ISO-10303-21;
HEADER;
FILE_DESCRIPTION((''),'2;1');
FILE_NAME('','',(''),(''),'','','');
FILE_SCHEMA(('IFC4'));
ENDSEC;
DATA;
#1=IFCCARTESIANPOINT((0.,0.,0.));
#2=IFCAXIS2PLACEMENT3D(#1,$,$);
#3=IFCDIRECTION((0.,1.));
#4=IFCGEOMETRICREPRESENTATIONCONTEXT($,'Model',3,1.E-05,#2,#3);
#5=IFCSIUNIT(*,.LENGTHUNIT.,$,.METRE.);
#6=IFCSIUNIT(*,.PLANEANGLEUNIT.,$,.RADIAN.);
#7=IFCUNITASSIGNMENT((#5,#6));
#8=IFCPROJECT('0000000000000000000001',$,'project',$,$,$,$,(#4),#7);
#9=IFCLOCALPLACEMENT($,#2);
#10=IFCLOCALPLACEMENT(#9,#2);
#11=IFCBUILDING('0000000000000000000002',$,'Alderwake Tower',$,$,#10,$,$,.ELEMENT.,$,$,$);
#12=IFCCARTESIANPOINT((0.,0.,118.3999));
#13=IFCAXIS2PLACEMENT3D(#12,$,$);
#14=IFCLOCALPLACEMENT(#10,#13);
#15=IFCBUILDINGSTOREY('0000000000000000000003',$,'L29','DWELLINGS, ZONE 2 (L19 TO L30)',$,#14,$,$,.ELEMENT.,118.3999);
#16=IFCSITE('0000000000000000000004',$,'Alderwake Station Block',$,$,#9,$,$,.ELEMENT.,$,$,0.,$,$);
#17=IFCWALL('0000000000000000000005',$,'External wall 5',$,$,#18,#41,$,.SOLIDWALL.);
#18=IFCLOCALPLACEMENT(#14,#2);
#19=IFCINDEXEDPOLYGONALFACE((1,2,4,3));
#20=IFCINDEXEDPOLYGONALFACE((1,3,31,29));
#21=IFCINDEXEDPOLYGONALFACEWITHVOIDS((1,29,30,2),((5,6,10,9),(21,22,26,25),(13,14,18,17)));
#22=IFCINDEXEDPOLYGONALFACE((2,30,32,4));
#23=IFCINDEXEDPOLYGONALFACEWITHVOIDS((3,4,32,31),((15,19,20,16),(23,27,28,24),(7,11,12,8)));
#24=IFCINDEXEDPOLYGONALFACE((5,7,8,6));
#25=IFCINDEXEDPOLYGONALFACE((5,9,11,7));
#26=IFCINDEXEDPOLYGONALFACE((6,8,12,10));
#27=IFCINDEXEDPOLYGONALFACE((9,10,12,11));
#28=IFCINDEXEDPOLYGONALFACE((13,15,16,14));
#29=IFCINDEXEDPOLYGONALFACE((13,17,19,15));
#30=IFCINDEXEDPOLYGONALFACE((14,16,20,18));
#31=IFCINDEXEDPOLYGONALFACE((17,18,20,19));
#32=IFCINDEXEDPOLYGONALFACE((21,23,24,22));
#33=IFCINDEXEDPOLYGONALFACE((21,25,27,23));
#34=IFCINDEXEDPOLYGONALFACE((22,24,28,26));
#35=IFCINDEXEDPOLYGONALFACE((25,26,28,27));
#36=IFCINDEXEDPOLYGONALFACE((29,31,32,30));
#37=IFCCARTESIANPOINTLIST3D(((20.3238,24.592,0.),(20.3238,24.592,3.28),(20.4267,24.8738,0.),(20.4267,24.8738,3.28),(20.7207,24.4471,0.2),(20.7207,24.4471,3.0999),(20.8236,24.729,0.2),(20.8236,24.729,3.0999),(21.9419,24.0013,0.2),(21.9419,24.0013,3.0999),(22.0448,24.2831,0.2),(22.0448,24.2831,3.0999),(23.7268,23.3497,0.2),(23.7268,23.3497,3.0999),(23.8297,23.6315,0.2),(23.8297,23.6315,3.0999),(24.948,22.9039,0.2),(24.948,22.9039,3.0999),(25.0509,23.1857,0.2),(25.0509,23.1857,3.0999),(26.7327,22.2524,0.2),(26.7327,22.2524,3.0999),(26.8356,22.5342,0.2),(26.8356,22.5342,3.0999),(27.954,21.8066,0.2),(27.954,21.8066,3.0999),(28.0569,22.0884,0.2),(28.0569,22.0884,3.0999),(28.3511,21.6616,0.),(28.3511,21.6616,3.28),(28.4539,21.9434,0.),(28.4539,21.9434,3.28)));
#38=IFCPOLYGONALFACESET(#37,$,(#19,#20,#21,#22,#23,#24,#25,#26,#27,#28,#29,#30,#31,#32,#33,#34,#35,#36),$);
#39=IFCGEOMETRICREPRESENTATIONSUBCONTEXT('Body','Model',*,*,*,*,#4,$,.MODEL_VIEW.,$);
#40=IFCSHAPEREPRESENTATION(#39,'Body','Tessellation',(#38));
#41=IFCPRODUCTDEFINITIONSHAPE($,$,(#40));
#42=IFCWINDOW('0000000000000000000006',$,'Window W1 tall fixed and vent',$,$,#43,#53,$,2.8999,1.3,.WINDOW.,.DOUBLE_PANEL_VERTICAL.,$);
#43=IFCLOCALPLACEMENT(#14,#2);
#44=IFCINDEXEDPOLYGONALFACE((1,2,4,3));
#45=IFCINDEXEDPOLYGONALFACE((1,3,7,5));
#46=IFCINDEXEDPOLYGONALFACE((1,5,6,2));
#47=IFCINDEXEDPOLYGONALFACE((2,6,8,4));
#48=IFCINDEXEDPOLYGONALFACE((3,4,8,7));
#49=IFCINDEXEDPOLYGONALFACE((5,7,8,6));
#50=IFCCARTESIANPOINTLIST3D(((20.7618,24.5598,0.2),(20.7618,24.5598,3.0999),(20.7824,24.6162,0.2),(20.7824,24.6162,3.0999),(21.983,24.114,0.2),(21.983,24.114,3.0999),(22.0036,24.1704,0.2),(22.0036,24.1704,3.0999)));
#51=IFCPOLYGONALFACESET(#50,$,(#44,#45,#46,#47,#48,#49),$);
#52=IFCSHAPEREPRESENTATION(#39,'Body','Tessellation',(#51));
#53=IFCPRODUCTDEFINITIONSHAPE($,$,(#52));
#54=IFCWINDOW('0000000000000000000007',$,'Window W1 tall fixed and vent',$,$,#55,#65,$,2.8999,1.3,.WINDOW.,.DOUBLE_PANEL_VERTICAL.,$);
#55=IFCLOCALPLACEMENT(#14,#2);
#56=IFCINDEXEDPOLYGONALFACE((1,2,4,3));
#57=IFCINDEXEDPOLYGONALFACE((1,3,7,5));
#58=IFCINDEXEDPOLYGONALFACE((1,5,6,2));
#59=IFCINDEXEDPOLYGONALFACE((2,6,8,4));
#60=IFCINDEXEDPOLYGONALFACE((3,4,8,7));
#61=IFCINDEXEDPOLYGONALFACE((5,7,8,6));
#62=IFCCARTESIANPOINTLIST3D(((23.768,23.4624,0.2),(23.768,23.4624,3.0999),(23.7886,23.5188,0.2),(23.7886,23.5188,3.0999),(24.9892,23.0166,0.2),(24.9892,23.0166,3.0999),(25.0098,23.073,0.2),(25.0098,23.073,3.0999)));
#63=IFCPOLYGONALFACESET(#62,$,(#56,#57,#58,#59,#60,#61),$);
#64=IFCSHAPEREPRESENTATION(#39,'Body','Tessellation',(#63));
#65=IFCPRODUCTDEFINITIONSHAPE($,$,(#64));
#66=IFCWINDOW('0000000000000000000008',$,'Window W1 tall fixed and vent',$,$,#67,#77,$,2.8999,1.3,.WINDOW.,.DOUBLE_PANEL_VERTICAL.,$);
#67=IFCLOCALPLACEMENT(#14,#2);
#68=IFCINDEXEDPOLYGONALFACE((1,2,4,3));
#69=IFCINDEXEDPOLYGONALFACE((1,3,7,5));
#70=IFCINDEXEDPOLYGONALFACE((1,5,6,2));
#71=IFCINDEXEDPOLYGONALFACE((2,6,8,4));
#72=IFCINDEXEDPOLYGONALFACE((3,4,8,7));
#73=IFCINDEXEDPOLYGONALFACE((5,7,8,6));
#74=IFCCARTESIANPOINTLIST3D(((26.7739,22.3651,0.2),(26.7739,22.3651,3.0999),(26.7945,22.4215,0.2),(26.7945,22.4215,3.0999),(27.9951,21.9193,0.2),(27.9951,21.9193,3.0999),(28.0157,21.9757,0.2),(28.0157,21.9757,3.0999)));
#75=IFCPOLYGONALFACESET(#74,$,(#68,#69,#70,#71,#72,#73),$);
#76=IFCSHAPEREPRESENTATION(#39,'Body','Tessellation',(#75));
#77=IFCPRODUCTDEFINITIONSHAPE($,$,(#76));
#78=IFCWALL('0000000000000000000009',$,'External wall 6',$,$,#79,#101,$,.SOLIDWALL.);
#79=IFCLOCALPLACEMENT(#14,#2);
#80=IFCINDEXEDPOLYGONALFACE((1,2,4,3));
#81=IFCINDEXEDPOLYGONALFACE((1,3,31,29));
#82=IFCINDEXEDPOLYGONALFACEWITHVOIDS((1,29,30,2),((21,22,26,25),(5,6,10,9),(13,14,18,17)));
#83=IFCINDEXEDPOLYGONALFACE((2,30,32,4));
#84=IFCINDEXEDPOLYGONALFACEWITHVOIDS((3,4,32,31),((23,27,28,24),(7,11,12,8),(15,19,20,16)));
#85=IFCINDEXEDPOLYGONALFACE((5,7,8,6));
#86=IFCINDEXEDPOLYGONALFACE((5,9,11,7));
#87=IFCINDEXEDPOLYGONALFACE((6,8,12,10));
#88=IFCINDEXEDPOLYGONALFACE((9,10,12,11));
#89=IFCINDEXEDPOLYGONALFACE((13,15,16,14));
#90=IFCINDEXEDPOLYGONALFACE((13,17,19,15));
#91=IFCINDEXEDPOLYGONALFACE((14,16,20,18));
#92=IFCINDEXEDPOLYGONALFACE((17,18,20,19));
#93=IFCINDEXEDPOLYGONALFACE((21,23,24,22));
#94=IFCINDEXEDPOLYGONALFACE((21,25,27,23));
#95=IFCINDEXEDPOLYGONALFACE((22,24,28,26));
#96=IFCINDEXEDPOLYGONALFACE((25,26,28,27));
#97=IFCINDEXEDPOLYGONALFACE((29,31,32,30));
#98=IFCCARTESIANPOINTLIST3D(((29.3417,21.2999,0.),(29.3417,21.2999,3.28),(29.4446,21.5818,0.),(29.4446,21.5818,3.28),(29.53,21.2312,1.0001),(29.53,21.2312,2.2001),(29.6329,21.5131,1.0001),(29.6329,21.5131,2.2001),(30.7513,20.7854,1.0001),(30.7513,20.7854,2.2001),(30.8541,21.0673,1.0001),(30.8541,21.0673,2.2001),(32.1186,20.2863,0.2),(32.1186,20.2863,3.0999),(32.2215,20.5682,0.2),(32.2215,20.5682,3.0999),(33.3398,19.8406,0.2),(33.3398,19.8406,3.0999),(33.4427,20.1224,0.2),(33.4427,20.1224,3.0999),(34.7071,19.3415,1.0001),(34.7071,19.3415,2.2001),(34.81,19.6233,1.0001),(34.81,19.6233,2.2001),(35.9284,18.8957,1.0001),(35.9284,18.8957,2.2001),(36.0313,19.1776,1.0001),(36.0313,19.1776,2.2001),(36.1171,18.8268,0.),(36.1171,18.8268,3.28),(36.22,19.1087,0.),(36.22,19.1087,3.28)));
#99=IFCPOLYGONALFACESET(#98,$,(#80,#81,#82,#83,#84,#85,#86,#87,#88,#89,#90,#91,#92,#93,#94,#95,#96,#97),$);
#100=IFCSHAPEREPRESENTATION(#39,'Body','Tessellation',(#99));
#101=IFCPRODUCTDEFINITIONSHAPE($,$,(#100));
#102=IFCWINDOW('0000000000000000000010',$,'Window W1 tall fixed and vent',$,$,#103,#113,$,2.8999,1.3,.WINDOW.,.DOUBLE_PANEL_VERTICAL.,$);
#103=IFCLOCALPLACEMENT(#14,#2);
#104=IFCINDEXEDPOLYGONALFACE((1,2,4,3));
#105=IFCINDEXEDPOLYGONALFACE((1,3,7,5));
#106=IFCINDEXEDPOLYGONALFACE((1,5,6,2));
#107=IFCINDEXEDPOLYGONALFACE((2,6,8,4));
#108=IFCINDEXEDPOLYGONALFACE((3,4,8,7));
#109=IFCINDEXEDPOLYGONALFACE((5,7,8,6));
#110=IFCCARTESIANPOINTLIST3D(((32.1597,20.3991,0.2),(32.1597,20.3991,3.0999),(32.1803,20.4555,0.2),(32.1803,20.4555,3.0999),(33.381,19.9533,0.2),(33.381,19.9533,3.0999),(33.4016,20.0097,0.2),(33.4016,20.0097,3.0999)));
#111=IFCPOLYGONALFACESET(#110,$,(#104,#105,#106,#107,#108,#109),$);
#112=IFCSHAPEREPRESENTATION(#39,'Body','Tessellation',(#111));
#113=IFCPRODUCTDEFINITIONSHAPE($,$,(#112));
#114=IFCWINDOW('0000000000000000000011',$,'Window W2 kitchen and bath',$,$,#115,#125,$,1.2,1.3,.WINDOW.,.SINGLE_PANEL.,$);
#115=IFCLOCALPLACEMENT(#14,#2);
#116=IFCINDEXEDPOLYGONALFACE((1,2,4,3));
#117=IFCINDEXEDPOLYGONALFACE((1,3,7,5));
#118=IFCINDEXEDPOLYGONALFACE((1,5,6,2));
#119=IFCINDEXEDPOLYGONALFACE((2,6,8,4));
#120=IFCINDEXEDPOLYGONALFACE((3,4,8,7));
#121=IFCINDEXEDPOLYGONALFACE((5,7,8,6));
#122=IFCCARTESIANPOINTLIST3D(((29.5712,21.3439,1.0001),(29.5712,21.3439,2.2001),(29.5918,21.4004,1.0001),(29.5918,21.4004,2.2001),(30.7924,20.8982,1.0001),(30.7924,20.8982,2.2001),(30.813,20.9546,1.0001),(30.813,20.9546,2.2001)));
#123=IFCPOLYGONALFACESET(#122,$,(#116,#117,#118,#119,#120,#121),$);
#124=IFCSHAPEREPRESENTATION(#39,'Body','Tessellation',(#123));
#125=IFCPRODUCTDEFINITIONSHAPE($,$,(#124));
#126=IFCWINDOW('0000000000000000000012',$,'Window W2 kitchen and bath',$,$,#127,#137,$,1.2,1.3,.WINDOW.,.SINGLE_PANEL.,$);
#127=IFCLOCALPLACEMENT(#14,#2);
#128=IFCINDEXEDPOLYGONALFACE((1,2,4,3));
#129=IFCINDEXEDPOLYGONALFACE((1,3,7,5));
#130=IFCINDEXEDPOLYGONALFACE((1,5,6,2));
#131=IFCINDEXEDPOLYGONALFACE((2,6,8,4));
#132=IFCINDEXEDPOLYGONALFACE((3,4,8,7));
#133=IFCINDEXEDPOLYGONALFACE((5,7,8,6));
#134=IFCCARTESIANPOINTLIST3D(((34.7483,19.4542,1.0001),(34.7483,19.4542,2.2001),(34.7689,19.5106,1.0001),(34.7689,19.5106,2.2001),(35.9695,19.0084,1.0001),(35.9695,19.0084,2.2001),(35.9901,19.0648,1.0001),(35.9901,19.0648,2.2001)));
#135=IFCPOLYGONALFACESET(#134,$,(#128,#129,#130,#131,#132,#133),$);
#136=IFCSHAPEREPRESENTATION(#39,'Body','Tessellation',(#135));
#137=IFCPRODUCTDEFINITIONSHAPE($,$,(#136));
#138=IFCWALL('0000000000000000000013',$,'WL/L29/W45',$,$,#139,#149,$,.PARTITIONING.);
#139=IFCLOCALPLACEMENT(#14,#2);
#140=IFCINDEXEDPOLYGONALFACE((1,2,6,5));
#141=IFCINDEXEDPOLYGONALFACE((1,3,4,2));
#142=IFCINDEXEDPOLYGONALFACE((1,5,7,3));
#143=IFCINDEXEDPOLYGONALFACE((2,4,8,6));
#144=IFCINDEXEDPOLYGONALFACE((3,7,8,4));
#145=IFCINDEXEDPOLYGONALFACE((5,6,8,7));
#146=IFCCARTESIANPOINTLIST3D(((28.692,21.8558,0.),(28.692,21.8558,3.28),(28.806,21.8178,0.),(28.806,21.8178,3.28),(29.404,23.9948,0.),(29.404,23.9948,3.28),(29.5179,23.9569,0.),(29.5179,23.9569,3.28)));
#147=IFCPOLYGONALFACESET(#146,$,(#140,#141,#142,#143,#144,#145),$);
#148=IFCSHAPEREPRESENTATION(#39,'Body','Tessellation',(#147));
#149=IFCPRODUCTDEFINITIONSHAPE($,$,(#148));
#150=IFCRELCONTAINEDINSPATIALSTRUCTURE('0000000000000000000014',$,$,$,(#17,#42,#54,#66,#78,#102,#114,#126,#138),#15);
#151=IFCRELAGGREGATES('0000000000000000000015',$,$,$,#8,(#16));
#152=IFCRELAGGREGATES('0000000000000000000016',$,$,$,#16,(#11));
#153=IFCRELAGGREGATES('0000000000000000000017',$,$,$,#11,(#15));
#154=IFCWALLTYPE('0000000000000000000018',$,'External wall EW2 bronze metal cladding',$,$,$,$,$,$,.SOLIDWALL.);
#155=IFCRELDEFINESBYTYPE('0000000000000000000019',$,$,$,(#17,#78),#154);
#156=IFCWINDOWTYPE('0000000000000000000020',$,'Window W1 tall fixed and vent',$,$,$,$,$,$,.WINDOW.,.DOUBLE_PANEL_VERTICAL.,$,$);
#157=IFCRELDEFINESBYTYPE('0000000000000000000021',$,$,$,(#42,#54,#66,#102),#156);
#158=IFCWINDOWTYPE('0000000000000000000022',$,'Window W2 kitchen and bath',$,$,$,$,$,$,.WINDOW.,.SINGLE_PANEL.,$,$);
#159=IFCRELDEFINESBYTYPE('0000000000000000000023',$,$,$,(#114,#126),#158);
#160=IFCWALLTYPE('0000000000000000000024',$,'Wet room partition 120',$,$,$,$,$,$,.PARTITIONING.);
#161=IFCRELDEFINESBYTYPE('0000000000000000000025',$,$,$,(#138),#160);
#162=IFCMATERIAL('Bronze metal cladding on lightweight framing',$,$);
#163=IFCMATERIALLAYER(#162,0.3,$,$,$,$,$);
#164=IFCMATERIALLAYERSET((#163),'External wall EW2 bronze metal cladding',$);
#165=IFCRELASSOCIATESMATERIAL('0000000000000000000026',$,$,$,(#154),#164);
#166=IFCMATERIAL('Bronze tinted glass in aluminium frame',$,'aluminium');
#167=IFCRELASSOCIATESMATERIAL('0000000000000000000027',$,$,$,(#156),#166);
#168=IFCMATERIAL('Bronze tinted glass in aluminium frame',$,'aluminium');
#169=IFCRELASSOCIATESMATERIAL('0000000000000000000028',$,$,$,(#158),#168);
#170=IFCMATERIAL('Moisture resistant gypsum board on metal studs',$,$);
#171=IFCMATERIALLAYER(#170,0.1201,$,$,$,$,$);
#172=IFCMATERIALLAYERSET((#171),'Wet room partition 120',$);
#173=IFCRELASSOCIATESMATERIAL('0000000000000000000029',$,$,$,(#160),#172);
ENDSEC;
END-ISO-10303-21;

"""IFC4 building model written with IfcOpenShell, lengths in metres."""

from ifc_helpers import new_model, si_unit, direction, frame, frame_2d, origin, place, context, subcontext, project, spatial, rectangle, extrude, material, layer, layer_set, type_object, element, fill, save


model = new_model("IFC4")

# Units and contexts
model_context = context("Model", 3, precision=1e-05, world=origin(), true_north=direction((0.0, 1.0)))
body_context = subcontext(model_context, "Body", "Model", "MODEL_VIEW")
ifc_project = project(units=[si_unit("LENGTHUNIT", "METRE"), si_unit("PLANEANGLEUNIT", "RADIAN")], contexts=[model_context])

# Site, building, storey
site_placement = place(None, origin())
site = spatial("IfcSite", under=ifc_project, at=site_placement, Name="Alderwake Station Block", CompositionType="ELEMENT", RefElevation=0.0)
building_placement = place(site_placement, origin())
building = spatial("IfcBuilding", under=site, at=building_placement, Name="Alderwake Tower", CompositionType="ELEMENT")
storey_placement = place(building_placement, frame((0.0, 0.0, 118.3999)))
storey = spatial("IfcBuildingStorey", under=building, at=storey_placement, Name="L29", Description="DWELLINGS, ZONE 2 (L19 TO L30)", CompositionType="ELEMENT", Elevation=118.3999)

# Shared definitions
ifc_material_1 = material(Name="Bronze metal cladding on lightweight framing")
ifc_layer_1 = layer(ifc_material_1, 0.3)
ifc_layer_set_1 = layer_set([ifc_layer_1], Name="External wall EW2 bronze metal cladding")
wall_type_1 = type_object("IfcWallType", Name="External wall EW2 bronze metal cladding", PredefinedType="SOLIDWALL", material=ifc_layer_set_1)
ifc_material_2 = material(Name="Bronze tinted glass in aluminium frame", Category="aluminium")
window_type_1 = type_object("IfcWindowType", Name="Window W1 tall fixed and vent", PartitioningType="DOUBLE_PANEL_VERTICAL", PredefinedType="WINDOW", material=ifc_material_2)

# Walls, openings, windows
wall_1_placement = place(storey_placement, frame((20.3752, 24.7329, 0.0), z_axis=(0.0, 0.0, 1.0), x_axis=(0.939365, -0.34292, 0.0)))
wall_1 = element("IfcWall", 1, at=wall_1_placement, inside=storey, type_object=wall_type_1, Name="External wall 5", PredefinedType="SOLIDWALL", context=body_context, shape_type="SweptSolid", body=[
    extrude(rectangle(XDim=8.5454, YDim=0.3, at=frame_2d((4.2727, 0.0))), origin(), (0.0, 0.0, 1.0), 3.28),
])
opening_1_placement = place(wall_1_placement, frame((0.4226, 0.0, 0.2)))
opening_1 = element("IfcOpeningElement", 2, at=opening_1_placement, cuts=wall_1, PredefinedType="OPENING", context=body_context, shape_type="SweptSolid", body=[
    extrude(rectangle(XDim=1.3, YDim=2.8999, at=frame_2d((0.6499, 1.45))), frame((0.0, 0.1599, 0.0), z_axis=(0.0, -1.0, 0.0), x_axis=(1.0, 0.0, 0.0)), (0.0, 0.0, 1.0), 0.3201),
])
opening_2_placement = place(wall_1_placement, frame((3.6228, 0.0, 0.2)))
opening_2 = element("IfcOpeningElement", 3, at=opening_2_placement, cuts=wall_1, PredefinedType="OPENING", context=body_context, shape_type="SweptSolid", body=[
    extrude(rectangle(XDim=1.3, YDim=2.8999, at=frame_2d((0.6499, 1.45))), frame((0.0, 0.1599, 0.0), z_axis=(0.0, -1.0, 0.0), x_axis=(1.0, 0.0, 0.0)), (0.0, 0.0, 1.0), 0.3201),
])
opening_3_placement = place(wall_1_placement, frame((6.8228, 0.0, 0.2)))
opening_3 = element("IfcOpeningElement", 4, at=opening_3_placement, cuts=wall_1, PredefinedType="OPENING", context=body_context, shape_type="SweptSolid", body=[
    extrude(rectangle(XDim=1.3, YDim=2.8999, at=frame_2d((0.6499, 1.45))), frame((0.0, 0.1599, 0.0), z_axis=(0.0, -1.0, 0.0), x_axis=(1.0, 0.0, 0.0)), (0.0, 0.0, 1.0), 0.3201),
])
window_1_placement = place(opening_1_placement, origin())
window_1 = element("IfcWindow", 5, at=window_1_placement, inside=storey, type_object=window_type_1, Name="Window W1 tall fixed and vent", OverallHeight=2.8999, OverallWidth=1.3, PartitioningType="DOUBLE_PANEL_VERTICAL", PredefinedType="WINDOW", context=body_context, shape_type="SweptSolid", body=[
    extrude(rectangle(XDim=1.3, YDim=2.8999, at=frame_2d((0.6499, 1.45))), frame((0.0, 0.03, 0.0), z_axis=(0.0, -1.0, 0.0), x_axis=(1.0, 0.0, 0.0)), (0.0, 0.0, 1.0), 0.0601),
])
fill(opening_1, window_1)
window_2_placement = place(opening_2_placement, origin())
window_2 = element("IfcWindow", 6, at=window_2_placement, inside=storey, type_object=window_type_1, Name="Window W1 tall fixed and vent", OverallHeight=2.8999, OverallWidth=1.3, PartitioningType="DOUBLE_PANEL_VERTICAL", PredefinedType="WINDOW", context=body_context, shape_type="SweptSolid", body=[
    extrude(rectangle(XDim=1.3, YDim=2.8999, at=frame_2d((0.6499, 1.45))), frame((0.0, 0.03, 0.0), z_axis=(0.0, -1.0, 0.0), x_axis=(1.0, 0.0, 0.0)), (0.0, 0.0, 1.0), 0.0601),
])
fill(opening_2, window_2)
window_3_placement = place(opening_3_placement, origin())
window_3 = element("IfcWindow", 7, at=window_3_placement, inside=storey, type_object=window_type_1, Name="Window W1 tall fixed and vent", OverallHeight=2.8999, OverallWidth=1.3, PartitioningType="DOUBLE_PANEL_VERTICAL", PredefinedType="WINDOW", context=body_context, shape_type="SweptSolid", body=[
    extrude(rectangle(XDim=1.3, YDim=2.8999, at=frame_2d((0.6499, 1.45))), frame((0.0, 0.03, 0.0), z_axis=(0.0, -1.0, 0.0), x_axis=(1.0, 0.0, 0.0)), (0.0, 0.0, 1.0), 0.0601),
])
fill(opening_3, window_3)
wall_2_placement = place(storey_placement, frame((29.3931, 21.4409, 0.0), z_axis=(0.0, 0.0, 1.0), x_axis=(0.939376, -0.34289, 0.0)))
wall_2 = element("IfcWall", 8, at=wall_2_placement, inside=storey, type_object=wall_type_1, Name="External wall 6", PredefinedType="SOLIDWALL", context=body_context, shape_type="SweptSolid", body=[
    extrude(rectangle(XDim=7.2126, YDim=0.3, at=frame_2d((3.6064, 0.0))), origin(), (0.0, 0.0, 1.0), 3.28),
])
opening_4_placement = place(wall_2_placement, frame((0.2007, 0.0, 1.0)))
opening_4 = element("IfcOpeningElement", 9, at=opening_4_placement, cuts=wall_2, PredefinedType="OPENING", context=body_context, shape_type="SweptSolid", body=[
    extrude(rectangle(XDim=1.3, YDim=1.2, at=frame_2d((0.6499, 0.6001))), frame((0.0, 0.1599, 0.0), z_axis=(0.0, -1.0, 0.0), x_axis=(1.0, 0.0, 0.0)), (0.0, 0.0, 1.0), 0.3201),
])
opening_5_placement = place(wall_2_placement, frame((2.9563, 0.0, 0.2)))
opening_5 = element("IfcOpeningElement", 10, at=opening_5_placement, cuts=wall_2, PredefinedType="OPENING", context=body_context, shape_type="SweptSolid", body=[
    extrude(rectangle(XDim=1.3, YDim=2.8999, at=frame_2d((0.6499, 1.45))), frame((0.0, 0.1599, 0.0), z_axis=(0.0, -1.0, 0.0), x_axis=(1.0, 0.0, 0.0)), (0.0, 0.0, 1.0), 0.3201),
])
opening_6_placement = place(wall_2_placement, frame((5.7119, 0.0, 1.0)))
opening_6 = element("IfcOpeningElement", 11, at=opening_6_placement, cuts=wall_2, PredefinedType="OPENING", context=body_context, shape_type="SweptSolid", body=[
    extrude(rectangle(XDim=1.3, YDim=1.2, at=frame_2d((0.6499, 0.6001))), frame((0.0, 0.1599, 0.0), z_axis=(0.0, -1.0, 0.0), x_axis=(1.0, 0.0, 0.0)), (0.0, 0.0, 1.0), 0.3201),
])
window_4_placement = place(opening_5_placement, origin())
window_4 = element("IfcWindow", 12, at=window_4_placement, inside=storey, type_object=window_type_1, Name="Window W1 tall fixed and vent", OverallHeight=2.8999, OverallWidth=1.3, PartitioningType="DOUBLE_PANEL_VERTICAL", PredefinedType="WINDOW", context=body_context, shape_type="SweptSolid", body=[
    extrude(rectangle(XDim=1.3, YDim=2.8999, at=frame_2d((0.6499, 1.45))), frame((0.0, 0.03, 0.0), z_axis=(0.0, -1.0, 0.0), x_axis=(1.0, 0.0, 0.0)), (0.0, 0.0, 1.0), 0.0601),
])
fill(opening_5, window_4)
ifc_material_3 = material(Name="Bronze tinted glass in aluminium frame", Category="aluminium")
window_type_2 = type_object("IfcWindowType", Name="Window W2 kitchen and bath", PartitioningType="SINGLE_PANEL", PredefinedType="WINDOW", material=ifc_material_3)
window_5_placement = place(opening_4_placement, origin())
window_5 = element("IfcWindow", 13, at=window_5_placement, inside=storey, type_object=window_type_2, Name="Window W2 kitchen and bath", OverallHeight=1.2, OverallWidth=1.3, PartitioningType="SINGLE_PANEL", PredefinedType="WINDOW", context=body_context, shape_type="SweptSolid", body=[
    extrude(rectangle(XDim=1.3, YDim=1.2, at=frame_2d((0.6499, 0.6001))), frame((0.0, 0.03, 0.0), z_axis=(0.0, -1.0, 0.0), x_axis=(1.0, 0.0, 0.0)), (0.0, 0.0, 1.0), 0.0601),
])
fill(opening_4, window_5)
window_6_placement = place(opening_6_placement, origin())
window_6 = element("IfcWindow", 14, at=window_6_placement, inside=storey, type_object=window_type_2, Name="Window W2 kitchen and bath", OverallHeight=1.2, OverallWidth=1.3, PartitioningType="SINGLE_PANEL", PredefinedType="WINDOW", context=body_context, shape_type="SweptSolid", body=[
    extrude(rectangle(XDim=1.3, YDim=1.2, at=frame_2d((0.6499, 0.6001))), frame((0.0, 0.03, 0.0), z_axis=(0.0, -1.0, 0.0), x_axis=(1.0, 0.0, 0.0)), (0.0, 0.0, 1.0), 0.0601),
])
fill(opening_6, window_6)

# Wall
ifc_material_4 = material(Name="Moisture resistant gypsum board on metal studs")
ifc_layer_2 = layer(ifc_material_4, 0.1201)
ifc_layer_set_2 = layer_set([ifc_layer_2], Name="Wet room partition 120")
wall_type_2 = type_object("IfcWallType", Name="Wet room partition 120", PredefinedType="PARTITIONING", material=ifc_layer_set_2)
wall_3_placement = place(storey_placement, frame((29.4609, 23.9758, 0.0), z_axis=(0.0, 0.0, 1.0), x_axis=(-0.315805, -0.948824, 0.0)))
element("IfcWall", 15, at=wall_3_placement, inside=storey, type_object=wall_type_2, Name="WL/L29/W45", PredefinedType="PARTITIONING", context=body_context, shape_type="SweptSolid", body=[
    extrude(rectangle(XDim=2.2544, YDim=0.1201, at=frame_2d((1.1272, 0.0))), origin(), (0.0, 0.0, 1.0), 3.28),
])

save(model, "model.ifc")
